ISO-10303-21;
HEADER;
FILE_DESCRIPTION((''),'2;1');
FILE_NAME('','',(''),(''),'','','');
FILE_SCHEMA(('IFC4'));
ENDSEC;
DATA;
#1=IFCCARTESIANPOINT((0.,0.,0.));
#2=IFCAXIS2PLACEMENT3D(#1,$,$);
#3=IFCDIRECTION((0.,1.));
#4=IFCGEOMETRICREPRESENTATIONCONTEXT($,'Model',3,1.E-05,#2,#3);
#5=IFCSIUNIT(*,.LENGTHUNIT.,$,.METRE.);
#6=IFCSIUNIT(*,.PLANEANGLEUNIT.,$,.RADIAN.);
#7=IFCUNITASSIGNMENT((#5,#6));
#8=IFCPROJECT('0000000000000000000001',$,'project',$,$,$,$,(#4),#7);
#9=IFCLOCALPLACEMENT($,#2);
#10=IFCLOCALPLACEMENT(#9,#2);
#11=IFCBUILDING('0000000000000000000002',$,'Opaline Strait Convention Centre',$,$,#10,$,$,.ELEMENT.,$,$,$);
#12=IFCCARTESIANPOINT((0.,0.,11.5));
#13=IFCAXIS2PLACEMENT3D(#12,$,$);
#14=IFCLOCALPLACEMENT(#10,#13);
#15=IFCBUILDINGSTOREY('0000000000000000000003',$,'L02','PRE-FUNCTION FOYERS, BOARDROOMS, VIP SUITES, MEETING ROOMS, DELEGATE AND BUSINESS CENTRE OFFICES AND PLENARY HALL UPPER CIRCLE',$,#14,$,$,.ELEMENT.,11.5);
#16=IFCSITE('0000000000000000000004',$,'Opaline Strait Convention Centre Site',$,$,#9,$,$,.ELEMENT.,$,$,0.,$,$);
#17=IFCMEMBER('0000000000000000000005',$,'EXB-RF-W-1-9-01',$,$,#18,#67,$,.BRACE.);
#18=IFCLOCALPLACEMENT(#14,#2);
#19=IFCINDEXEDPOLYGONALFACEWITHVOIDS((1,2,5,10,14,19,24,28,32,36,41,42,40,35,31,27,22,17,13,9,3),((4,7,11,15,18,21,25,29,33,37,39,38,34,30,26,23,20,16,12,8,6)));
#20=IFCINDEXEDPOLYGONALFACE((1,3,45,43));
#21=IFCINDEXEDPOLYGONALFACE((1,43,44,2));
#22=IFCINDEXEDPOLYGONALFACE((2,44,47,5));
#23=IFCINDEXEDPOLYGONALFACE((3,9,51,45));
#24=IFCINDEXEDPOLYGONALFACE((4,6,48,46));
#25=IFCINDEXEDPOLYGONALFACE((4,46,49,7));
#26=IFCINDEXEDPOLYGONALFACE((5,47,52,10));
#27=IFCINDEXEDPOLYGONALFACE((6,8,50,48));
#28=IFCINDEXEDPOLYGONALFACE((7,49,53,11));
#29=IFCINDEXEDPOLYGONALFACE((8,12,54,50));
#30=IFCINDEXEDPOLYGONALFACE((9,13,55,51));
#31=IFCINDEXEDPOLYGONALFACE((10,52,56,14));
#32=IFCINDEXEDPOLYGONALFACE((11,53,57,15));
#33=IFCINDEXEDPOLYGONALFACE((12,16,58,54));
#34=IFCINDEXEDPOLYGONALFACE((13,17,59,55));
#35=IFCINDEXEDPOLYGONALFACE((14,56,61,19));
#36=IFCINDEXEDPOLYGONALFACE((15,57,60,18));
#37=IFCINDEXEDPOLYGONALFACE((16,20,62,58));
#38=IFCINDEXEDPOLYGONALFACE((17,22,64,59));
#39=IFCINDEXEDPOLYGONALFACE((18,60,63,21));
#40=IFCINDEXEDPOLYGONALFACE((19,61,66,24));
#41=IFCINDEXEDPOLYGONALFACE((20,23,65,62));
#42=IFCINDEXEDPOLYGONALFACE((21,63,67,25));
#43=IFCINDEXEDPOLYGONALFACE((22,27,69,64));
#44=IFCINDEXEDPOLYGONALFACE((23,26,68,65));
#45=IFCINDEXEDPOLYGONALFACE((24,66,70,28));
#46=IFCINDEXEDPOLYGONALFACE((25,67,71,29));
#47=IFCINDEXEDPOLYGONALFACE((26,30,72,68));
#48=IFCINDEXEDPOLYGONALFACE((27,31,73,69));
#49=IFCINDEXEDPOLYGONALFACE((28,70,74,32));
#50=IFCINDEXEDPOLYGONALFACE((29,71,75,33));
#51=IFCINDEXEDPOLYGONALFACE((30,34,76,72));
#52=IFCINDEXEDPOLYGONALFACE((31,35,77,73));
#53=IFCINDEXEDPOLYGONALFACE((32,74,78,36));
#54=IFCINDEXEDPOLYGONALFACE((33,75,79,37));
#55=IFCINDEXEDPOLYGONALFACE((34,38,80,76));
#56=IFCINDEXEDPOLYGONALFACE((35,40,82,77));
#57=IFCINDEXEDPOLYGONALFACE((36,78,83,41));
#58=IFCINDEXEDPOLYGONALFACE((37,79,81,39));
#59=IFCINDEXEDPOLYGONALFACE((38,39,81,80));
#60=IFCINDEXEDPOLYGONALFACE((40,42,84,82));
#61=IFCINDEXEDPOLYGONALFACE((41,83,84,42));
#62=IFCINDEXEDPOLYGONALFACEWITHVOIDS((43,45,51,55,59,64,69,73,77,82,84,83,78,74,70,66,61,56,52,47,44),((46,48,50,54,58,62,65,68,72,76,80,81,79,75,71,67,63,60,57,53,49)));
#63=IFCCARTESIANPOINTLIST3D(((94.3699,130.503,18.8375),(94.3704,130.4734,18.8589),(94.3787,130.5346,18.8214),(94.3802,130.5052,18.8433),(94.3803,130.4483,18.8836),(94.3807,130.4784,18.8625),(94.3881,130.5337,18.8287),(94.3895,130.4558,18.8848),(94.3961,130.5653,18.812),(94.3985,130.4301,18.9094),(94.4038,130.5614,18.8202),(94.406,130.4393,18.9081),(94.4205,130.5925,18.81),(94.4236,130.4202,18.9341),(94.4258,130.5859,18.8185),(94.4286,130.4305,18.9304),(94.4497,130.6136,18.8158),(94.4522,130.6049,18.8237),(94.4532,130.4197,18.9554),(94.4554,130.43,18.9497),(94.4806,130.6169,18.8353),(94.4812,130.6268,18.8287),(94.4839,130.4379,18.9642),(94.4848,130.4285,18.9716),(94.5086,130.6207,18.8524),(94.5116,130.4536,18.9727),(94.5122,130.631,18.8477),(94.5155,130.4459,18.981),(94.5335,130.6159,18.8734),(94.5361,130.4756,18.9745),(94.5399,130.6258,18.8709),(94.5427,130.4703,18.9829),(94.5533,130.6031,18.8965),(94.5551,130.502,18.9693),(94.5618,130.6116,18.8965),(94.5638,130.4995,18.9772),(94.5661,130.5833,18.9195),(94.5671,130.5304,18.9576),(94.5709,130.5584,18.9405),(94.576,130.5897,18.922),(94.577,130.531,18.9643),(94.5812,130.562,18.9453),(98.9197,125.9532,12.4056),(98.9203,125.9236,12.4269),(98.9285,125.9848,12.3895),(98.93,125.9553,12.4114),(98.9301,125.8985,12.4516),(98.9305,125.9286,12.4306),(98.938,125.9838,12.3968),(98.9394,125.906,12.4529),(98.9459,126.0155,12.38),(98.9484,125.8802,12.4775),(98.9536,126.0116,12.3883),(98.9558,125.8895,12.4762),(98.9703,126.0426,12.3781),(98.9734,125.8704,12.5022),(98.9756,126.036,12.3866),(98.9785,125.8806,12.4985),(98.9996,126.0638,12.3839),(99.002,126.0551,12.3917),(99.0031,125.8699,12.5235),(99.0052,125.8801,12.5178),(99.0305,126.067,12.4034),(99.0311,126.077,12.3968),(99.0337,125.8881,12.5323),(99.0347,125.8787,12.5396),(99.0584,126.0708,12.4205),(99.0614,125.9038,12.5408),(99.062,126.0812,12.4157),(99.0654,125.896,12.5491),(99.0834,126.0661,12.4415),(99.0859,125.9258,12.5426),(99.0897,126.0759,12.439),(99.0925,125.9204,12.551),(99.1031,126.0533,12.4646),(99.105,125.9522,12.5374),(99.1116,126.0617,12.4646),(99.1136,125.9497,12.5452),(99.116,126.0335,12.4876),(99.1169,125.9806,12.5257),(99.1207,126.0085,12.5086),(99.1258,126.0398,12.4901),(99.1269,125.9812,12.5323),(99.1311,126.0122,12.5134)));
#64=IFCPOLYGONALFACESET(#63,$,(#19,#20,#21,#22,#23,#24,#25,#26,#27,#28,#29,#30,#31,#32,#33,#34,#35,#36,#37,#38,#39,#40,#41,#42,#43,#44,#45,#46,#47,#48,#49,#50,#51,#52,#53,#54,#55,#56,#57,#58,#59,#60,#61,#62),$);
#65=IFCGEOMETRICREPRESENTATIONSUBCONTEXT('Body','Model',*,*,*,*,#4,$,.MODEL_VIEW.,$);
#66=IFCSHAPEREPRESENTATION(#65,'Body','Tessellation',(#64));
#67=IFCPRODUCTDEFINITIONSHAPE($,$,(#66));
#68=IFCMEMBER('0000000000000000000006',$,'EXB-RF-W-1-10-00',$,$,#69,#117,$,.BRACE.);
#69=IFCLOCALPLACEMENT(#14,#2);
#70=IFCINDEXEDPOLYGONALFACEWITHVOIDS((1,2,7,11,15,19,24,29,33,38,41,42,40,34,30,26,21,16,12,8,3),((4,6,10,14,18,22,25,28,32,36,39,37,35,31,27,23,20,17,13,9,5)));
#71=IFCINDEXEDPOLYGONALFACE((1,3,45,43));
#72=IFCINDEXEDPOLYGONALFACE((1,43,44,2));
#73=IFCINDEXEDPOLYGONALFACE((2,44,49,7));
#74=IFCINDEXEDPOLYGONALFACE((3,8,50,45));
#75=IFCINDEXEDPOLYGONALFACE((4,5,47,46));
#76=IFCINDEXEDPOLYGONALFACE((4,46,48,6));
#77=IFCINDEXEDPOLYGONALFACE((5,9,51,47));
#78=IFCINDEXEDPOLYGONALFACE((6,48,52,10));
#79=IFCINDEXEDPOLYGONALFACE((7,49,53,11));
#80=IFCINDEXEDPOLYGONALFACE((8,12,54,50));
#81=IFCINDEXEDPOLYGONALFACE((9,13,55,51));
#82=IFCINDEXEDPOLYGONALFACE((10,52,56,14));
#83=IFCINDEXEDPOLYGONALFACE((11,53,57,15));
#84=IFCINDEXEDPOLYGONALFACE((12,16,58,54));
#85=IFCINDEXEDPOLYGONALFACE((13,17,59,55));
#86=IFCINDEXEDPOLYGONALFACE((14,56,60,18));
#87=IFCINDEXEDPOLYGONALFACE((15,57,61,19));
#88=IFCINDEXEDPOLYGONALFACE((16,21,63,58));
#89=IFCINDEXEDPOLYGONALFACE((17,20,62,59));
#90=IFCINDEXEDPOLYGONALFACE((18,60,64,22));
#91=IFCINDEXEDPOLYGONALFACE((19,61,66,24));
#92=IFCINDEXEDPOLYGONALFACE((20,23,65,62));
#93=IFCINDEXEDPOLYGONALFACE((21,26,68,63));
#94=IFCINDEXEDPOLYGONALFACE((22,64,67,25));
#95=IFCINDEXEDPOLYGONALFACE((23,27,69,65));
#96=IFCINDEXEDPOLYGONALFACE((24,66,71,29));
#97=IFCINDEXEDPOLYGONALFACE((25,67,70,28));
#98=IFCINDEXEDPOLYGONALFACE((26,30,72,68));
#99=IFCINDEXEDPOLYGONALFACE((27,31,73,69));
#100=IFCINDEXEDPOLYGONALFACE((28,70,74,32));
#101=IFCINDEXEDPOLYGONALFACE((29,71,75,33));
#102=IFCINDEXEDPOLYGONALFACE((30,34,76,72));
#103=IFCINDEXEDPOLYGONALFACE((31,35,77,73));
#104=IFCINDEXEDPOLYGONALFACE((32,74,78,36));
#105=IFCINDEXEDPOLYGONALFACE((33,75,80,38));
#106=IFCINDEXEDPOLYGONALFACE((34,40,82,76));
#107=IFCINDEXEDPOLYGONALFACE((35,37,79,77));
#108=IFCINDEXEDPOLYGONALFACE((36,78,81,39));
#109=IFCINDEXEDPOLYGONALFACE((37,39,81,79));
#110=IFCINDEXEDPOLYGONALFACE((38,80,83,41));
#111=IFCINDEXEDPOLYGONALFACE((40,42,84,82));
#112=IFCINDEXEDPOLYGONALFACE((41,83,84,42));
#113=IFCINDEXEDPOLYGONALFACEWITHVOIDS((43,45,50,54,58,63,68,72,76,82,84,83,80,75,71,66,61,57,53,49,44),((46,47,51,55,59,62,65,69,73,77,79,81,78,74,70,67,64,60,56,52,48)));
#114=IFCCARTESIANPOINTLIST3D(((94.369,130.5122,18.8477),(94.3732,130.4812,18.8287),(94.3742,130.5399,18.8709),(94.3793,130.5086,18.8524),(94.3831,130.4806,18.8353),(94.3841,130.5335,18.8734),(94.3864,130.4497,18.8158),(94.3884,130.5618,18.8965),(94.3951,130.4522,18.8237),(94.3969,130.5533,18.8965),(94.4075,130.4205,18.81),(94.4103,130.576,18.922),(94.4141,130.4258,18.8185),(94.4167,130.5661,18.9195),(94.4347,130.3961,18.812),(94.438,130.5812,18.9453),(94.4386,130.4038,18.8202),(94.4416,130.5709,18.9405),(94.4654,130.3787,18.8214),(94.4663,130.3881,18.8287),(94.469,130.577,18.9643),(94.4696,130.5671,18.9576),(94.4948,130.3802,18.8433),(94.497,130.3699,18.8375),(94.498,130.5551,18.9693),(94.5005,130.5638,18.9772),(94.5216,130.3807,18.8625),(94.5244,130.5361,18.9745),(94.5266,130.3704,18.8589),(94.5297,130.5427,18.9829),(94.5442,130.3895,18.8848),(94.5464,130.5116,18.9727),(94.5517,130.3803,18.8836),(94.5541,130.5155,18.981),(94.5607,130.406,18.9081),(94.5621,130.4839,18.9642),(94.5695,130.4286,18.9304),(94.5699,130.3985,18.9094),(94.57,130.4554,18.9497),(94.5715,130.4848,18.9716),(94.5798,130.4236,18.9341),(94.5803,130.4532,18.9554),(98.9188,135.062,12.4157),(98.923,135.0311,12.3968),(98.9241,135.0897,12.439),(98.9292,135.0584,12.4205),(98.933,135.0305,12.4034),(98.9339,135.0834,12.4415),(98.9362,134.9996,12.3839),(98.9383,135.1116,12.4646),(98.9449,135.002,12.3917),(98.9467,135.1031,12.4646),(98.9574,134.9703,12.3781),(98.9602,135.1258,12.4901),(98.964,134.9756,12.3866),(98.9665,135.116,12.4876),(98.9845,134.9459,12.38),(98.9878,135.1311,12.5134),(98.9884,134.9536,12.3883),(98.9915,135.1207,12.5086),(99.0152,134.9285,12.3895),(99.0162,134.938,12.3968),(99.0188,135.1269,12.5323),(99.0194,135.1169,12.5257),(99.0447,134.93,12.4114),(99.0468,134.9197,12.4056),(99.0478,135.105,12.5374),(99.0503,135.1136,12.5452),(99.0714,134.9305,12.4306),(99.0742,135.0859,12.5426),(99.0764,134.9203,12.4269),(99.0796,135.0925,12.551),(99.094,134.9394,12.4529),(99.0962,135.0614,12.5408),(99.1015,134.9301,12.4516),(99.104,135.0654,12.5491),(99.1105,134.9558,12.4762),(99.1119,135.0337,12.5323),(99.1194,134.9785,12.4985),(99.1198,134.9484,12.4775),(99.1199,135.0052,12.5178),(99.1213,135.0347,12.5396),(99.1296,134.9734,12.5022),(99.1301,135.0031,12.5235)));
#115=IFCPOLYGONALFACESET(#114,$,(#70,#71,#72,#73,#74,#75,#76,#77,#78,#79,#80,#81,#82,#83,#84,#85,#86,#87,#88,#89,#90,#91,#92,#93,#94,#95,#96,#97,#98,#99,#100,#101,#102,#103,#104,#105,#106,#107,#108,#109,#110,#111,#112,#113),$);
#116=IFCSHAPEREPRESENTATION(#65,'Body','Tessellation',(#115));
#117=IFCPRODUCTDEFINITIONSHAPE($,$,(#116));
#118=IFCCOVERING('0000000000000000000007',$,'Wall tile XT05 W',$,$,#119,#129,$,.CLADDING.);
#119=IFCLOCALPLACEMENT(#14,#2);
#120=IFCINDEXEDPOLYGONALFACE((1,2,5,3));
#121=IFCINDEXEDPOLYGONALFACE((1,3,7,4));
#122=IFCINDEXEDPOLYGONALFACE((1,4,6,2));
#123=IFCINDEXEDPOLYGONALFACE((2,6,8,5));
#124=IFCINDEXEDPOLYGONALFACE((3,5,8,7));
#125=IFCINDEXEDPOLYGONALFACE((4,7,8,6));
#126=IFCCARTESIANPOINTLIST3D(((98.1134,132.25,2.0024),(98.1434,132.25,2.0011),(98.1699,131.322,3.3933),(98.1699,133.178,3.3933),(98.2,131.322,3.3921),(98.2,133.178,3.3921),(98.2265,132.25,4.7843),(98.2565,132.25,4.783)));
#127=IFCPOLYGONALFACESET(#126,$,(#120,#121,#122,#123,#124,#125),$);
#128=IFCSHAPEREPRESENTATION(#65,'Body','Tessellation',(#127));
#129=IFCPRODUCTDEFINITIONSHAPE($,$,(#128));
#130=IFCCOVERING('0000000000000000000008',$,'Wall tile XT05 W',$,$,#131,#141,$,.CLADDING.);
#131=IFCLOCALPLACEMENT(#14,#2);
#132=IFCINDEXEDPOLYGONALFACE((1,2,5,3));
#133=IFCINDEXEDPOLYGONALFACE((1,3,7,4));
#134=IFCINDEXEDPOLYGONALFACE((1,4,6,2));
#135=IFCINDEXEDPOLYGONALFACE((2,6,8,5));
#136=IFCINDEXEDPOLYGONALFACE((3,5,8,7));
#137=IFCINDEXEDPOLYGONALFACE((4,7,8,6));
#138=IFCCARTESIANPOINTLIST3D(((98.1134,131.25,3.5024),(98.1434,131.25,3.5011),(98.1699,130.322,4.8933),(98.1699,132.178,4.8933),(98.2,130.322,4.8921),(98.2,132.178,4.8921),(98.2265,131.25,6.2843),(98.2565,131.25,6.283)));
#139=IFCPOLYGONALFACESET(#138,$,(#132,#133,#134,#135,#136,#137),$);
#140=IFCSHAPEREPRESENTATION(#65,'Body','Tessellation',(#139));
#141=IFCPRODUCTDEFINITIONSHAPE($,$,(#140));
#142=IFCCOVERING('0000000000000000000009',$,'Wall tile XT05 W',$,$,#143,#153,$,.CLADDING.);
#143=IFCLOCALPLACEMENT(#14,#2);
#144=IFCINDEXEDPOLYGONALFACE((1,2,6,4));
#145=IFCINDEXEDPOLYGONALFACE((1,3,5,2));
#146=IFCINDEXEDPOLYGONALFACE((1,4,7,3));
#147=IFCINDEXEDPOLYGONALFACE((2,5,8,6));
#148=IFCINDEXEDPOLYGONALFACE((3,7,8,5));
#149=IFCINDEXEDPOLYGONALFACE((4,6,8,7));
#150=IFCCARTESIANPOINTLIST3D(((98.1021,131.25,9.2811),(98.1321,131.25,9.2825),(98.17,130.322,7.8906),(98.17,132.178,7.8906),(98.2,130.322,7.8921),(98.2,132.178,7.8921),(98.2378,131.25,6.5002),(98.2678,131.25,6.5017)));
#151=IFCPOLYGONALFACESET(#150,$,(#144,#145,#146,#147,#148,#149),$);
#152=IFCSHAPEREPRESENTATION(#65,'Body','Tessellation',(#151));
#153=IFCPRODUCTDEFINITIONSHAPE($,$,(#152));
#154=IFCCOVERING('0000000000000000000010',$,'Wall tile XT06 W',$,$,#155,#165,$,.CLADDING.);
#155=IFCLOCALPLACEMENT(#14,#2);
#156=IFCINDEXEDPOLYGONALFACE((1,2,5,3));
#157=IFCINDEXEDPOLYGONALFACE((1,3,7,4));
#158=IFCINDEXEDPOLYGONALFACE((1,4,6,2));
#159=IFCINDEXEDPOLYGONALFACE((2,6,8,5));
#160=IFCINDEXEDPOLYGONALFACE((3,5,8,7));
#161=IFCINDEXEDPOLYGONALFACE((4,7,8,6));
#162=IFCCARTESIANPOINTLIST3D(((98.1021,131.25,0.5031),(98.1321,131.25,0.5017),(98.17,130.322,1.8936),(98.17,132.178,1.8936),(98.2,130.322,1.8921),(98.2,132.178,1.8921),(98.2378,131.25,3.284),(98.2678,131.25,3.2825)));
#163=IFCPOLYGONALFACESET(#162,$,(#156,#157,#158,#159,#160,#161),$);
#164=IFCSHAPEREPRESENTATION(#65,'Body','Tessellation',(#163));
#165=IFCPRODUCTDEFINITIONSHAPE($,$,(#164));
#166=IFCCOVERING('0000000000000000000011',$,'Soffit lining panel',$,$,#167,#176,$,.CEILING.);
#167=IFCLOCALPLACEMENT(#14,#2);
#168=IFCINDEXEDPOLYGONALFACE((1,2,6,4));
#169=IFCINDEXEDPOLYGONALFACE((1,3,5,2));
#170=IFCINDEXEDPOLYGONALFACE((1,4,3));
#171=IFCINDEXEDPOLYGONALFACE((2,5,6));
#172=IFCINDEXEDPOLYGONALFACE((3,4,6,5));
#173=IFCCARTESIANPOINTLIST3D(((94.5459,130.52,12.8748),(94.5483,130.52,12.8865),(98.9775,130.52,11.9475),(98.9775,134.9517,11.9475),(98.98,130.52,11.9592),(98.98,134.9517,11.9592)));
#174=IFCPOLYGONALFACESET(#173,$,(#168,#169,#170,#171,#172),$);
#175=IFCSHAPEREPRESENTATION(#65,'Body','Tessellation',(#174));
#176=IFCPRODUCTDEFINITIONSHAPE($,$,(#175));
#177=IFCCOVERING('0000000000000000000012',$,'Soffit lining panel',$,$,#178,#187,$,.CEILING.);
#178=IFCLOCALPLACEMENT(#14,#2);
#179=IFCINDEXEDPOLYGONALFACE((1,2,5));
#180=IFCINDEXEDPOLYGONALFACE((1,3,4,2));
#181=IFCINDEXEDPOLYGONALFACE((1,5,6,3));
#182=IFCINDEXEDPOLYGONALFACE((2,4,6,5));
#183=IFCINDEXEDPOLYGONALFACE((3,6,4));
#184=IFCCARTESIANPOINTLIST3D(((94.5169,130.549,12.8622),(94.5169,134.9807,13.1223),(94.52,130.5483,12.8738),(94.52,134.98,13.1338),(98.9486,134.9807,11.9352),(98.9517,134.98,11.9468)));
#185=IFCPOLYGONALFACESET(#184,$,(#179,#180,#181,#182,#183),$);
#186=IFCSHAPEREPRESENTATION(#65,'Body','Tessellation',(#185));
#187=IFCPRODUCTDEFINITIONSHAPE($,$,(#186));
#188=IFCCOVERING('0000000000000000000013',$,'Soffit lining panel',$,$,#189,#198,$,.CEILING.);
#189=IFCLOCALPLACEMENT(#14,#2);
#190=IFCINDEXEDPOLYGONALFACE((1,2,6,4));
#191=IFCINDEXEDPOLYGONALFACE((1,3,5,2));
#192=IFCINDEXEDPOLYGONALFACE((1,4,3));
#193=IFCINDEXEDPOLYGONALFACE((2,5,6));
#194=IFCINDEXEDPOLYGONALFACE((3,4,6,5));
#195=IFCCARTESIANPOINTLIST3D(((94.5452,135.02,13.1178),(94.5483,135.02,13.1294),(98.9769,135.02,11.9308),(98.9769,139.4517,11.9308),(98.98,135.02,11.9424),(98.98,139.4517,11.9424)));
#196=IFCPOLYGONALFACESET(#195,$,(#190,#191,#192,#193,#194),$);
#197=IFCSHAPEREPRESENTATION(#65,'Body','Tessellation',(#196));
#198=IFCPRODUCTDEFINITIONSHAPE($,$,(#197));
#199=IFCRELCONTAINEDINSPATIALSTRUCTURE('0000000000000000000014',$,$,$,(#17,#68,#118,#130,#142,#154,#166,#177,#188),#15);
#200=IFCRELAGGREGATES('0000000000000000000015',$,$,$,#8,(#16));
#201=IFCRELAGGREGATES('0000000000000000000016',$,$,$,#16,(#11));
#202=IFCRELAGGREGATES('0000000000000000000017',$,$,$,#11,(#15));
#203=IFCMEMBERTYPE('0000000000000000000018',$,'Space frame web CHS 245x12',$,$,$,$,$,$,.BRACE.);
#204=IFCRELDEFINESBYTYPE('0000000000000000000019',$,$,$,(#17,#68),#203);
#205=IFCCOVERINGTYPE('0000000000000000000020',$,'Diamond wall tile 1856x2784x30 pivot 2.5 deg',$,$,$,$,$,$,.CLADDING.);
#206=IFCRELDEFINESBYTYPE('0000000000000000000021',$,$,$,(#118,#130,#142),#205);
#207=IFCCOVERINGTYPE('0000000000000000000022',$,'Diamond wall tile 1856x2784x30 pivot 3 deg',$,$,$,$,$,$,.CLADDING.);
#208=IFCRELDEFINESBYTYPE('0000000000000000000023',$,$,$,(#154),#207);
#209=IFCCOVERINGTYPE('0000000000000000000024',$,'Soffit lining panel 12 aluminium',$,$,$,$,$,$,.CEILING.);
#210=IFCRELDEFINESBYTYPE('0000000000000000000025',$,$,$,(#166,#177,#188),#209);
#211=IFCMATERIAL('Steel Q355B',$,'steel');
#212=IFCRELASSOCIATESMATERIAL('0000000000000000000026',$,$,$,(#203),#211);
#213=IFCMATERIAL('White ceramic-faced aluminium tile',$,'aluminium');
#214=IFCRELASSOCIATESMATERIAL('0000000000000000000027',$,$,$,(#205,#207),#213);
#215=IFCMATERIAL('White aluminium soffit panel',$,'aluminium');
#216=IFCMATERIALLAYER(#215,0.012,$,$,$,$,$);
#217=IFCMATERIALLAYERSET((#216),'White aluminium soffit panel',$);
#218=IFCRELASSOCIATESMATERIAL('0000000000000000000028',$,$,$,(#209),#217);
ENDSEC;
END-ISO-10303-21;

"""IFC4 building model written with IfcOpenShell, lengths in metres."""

from ifc_helpers import new_model, si_unit, direction, frame, origin, origin_2d, place, context, subcontext, project, spatial, polyline, hollow_circle, outline, extrude, material, layer, layer_set, material_profile, profile_set, type_object, element, save


model = new_model("IFC4")

# Units and contexts
model_context = context("Model", 3, precision=1e-05, world=origin(), true_north=direction((0.0, 1.0)))
body_context = subcontext(model_context, "Body", "Model", "MODEL_VIEW")
ifc_project = project(units=[si_unit("LENGTHUNIT", "METRE"), si_unit("PLANEANGLEUNIT", "RADIAN")], contexts=[model_context])

# Site, building, storey
site_placement = place(None, origin())
site = spatial("IfcSite", under=ifc_project, at=site_placement, Name="Opaline Strait Convention Centre Site", CompositionType="ELEMENT", RefElevation=0.0)
building_placement = place(site_placement, origin())
building = spatial("IfcBuilding", under=site, at=building_placement, Name="Opaline Strait Convention Centre", CompositionType="ELEMENT")
storey_placement = place(building_placement, frame((0.0, 0.0, 11.5)))
storey = spatial("IfcBuildingStorey", under=building, at=storey_placement, Name="L02", Description="PRE-FUNCTION FOYERS, BOARDROOMS, VIP SUITES, MEETING ROOMS, DELEGATE AND BUSINESS CENTRE OFFICES AND PLENARY HALL UPPER CIRCLE", CompositionType="ELEMENT", Elevation=11.5)

# Members
ifc_material_1 = material(Name="Steel Q355B", Category="steel")
ifc_material_profile_1 = material_profile(ifc_material_1, hollow_circle(Radius=0.1226, WallThickness=0.012, at=origin_2d()), Name="CHS 245x12")
ifc_profile_set_1 = profile_set([ifc_material_profile_1], Name="Steel Q355B")
member_type_1 = type_object("IfcMemberType", Name="Space frame web CHS 245x12", PredefinedType="BRACE", material=ifc_profile_set_1)
for number, where, z_axis, x_axis, name in (
    (1, (94.4751, 130.5249, 18.8965), (0.500098, -0.500098, -0.706969), (0.707107, 0.707107, 0.0), "EXB-RF-W-1-9-01"),
    (2, (94.4751, 130.4751, 18.8965), (0.500098, 0.500098, -0.706969), (-0.707107, 0.707107, 0.0), "EXB-RF-W-1-10-00"),
):
    element("IfcMember", number, at=place(storey_placement, frame(where, z_axis=z_axis, x_axis=x_axis)), inside=storey, type_object=member_type_1, Name=name, PredefinedType="BRACE", context=body_context, shape_type="SweptSolid", body=[
        extrude(hollow_circle(Radius=0.1226, WallThickness=0.012, at=origin_2d()), origin(), (0.0, 0.0, 1.0), 9.0979),
    ])

# Coverings
ifc_material_2 = material(Name="White ceramic-faced aluminium tile", Category="aluminium")
ifc_material_profile_2 = material_profile(ifc_material_2, outline(polyline([(0.928, 0.0), (0.0, 1.3921), (-0.928, 0.0), (0.0, -1.3921), (0.928, 0.0)])), Name="Diamond tile 1856x2784")
ifc_profile_set_2 = profile_set([ifc_material_profile_2], Name="White ceramic-faced aluminium tile")
covering_type_1 = type_object("IfcCoveringType", Name="Diamond wall tile 1856x2784x30 pivot 2.5 deg", PredefinedType="CLADDING", material=ifc_profile_set_2)
for number, where, z_axis, x_axis, name in (
    (3, (98.2, 132.25, 3.3921), (-0.999175, 0.0, 0.040617), (0.0, -1.0, 0.0), "Wall tile XT05 W"),
    (4, (98.2, 131.25, 4.8921), (-0.999175, 0.0, 0.040617), (0.0, -1.0, 0.0), "Wall tile XT05 W"),
    (5, (98.2, 131.25, 7.8921), (-0.998812, 0.0, -0.048723), (0.0, -1.0, 0.0), "Wall tile XT05 W"),
):
    element("IfcCovering", number, at=place(storey_placement, frame(where, z_axis=z_axis, x_axis=x_axis)), inside=storey, type_object=covering_type_1, Name=name, PredefinedType="CLADDING", context=body_context, shape_type="SweptSolid", body=[
        extrude(outline(polyline([(0.928, 0.0), (0.0, 1.3921), (-0.928, 0.0), (0.0, -1.3921), (0.928, 0.0)])), origin(), (0.0, 0.0, 1.0), 0.03),
    ])
ifc_material_profile_3 = material_profile(ifc_material_2, outline(polyline([(0.928, 0.0), (0.0, 1.3921), (-0.928, 0.0), (0.0, -1.3921), (0.928, 0.0)])), Name="Diamond tile 1856x2784")
ifc_profile_set_3 = profile_set([ifc_material_profile_3], Name="White ceramic-faced aluminium tile")
covering_type_2 = type_object("IfcCoveringType", Name="Diamond wall tile 1856x2784x30 pivot 3 deg", PredefinedType="CLADDING", material=ifc_profile_set_3)
covering_1_placement = place(storey_placement, frame((98.2, 131.25, 1.8921), z_axis=(-0.998812, 0.0, 0.048723), x_axis=(0.0, -1.0, 0.0)))
element("IfcCovering", 6, at=covering_1_placement, inside=storey, type_object=covering_type_2, Name="Wall tile XT06 W", PredefinedType="CLADDING", context=body_context, shape_type="SweptSolid", body=[
    extrude(outline(polyline([(0.928, 0.0), (0.0, 1.3921), (-0.928, 0.0), (0.0, -1.3921), (0.928, 0.0)])), origin(), (0.0, 0.0, 1.0), 0.03),
])
ifc_material_3 = material(Name="White aluminium soffit panel", Category="aluminium")
ifc_layer = layer(ifc_material_3, 0.012)
ifc_layer_set = layer_set([ifc_layer], Name="White aluminium soffit panel")
covering_type_3 = type_object("IfcCoveringType", Name="Soffit lining panel 12 aluminium", PredefinedType="CEILING", material=ifc_layer_set)
covering_2_placement = place(storey_placement, frame((94.5483, 130.52, 12.8865), z_axis=(0.204798, 0.0, 0.978804), x_axis=(0.699493, 0.699493, -0.146357)))
element("IfcCovering", 7, at=covering_2_placement, inside=storey, type_object=covering_type_3, Name="Soffit lining panel", PredefinedType="CEILING", context=body_context, shape_type="SweptSolid", body=[
    extrude(outline(polyline([(0.0, 0.0), (6.3355, 0.0), (3.2356, -3.167), (0.0, 0.0)])), origin(), (0.0, 0.0, -1.0), 0.012),
])
covering_3_placement = place(storey_placement, frame((94.52, 130.5483, 12.8738), z_axis=(0.258314, -0.056583, 0.964402), x_axis=(0.0, 0.998283, 0.05857)))
element("IfcCovering", 8, at=covering_3_placement, inside=storey, type_object=covering_type_3, Name="Soffit lining panel", PredefinedType="CEILING", context=body_context, shape_type="SweptSolid", body=[
    extrude(outline(polyline([(0.0, 0.0), (4.4393, 0.0), (4.3697, -4.5873), (0.0, 0.0)])), origin(), (0.0, 0.0, -1.0), 0.012),
])
covering_4_placement = place(storey_placement, frame((94.5483, 135.02, 13.1294), z_axis=(0.258729, 0.0, 0.96595), x_axis=(0.694756, 0.694756, -0.18609)))
element("IfcCovering", 9, at=covering_4_placement, inside=storey, type_object=covering_type_3, Name="Soffit lining panel", PredefinedType="CEILING", context=body_context, shape_type="SweptSolid", body=[
    extrude(outline(polyline([(0.0, 0.0), (6.3787, 0.0), (3.2998, -3.1874), (0.0, 0.0)])), origin(), (0.0, 0.0, -1.0), 0.012),
])

save(model, "model.ifc")
